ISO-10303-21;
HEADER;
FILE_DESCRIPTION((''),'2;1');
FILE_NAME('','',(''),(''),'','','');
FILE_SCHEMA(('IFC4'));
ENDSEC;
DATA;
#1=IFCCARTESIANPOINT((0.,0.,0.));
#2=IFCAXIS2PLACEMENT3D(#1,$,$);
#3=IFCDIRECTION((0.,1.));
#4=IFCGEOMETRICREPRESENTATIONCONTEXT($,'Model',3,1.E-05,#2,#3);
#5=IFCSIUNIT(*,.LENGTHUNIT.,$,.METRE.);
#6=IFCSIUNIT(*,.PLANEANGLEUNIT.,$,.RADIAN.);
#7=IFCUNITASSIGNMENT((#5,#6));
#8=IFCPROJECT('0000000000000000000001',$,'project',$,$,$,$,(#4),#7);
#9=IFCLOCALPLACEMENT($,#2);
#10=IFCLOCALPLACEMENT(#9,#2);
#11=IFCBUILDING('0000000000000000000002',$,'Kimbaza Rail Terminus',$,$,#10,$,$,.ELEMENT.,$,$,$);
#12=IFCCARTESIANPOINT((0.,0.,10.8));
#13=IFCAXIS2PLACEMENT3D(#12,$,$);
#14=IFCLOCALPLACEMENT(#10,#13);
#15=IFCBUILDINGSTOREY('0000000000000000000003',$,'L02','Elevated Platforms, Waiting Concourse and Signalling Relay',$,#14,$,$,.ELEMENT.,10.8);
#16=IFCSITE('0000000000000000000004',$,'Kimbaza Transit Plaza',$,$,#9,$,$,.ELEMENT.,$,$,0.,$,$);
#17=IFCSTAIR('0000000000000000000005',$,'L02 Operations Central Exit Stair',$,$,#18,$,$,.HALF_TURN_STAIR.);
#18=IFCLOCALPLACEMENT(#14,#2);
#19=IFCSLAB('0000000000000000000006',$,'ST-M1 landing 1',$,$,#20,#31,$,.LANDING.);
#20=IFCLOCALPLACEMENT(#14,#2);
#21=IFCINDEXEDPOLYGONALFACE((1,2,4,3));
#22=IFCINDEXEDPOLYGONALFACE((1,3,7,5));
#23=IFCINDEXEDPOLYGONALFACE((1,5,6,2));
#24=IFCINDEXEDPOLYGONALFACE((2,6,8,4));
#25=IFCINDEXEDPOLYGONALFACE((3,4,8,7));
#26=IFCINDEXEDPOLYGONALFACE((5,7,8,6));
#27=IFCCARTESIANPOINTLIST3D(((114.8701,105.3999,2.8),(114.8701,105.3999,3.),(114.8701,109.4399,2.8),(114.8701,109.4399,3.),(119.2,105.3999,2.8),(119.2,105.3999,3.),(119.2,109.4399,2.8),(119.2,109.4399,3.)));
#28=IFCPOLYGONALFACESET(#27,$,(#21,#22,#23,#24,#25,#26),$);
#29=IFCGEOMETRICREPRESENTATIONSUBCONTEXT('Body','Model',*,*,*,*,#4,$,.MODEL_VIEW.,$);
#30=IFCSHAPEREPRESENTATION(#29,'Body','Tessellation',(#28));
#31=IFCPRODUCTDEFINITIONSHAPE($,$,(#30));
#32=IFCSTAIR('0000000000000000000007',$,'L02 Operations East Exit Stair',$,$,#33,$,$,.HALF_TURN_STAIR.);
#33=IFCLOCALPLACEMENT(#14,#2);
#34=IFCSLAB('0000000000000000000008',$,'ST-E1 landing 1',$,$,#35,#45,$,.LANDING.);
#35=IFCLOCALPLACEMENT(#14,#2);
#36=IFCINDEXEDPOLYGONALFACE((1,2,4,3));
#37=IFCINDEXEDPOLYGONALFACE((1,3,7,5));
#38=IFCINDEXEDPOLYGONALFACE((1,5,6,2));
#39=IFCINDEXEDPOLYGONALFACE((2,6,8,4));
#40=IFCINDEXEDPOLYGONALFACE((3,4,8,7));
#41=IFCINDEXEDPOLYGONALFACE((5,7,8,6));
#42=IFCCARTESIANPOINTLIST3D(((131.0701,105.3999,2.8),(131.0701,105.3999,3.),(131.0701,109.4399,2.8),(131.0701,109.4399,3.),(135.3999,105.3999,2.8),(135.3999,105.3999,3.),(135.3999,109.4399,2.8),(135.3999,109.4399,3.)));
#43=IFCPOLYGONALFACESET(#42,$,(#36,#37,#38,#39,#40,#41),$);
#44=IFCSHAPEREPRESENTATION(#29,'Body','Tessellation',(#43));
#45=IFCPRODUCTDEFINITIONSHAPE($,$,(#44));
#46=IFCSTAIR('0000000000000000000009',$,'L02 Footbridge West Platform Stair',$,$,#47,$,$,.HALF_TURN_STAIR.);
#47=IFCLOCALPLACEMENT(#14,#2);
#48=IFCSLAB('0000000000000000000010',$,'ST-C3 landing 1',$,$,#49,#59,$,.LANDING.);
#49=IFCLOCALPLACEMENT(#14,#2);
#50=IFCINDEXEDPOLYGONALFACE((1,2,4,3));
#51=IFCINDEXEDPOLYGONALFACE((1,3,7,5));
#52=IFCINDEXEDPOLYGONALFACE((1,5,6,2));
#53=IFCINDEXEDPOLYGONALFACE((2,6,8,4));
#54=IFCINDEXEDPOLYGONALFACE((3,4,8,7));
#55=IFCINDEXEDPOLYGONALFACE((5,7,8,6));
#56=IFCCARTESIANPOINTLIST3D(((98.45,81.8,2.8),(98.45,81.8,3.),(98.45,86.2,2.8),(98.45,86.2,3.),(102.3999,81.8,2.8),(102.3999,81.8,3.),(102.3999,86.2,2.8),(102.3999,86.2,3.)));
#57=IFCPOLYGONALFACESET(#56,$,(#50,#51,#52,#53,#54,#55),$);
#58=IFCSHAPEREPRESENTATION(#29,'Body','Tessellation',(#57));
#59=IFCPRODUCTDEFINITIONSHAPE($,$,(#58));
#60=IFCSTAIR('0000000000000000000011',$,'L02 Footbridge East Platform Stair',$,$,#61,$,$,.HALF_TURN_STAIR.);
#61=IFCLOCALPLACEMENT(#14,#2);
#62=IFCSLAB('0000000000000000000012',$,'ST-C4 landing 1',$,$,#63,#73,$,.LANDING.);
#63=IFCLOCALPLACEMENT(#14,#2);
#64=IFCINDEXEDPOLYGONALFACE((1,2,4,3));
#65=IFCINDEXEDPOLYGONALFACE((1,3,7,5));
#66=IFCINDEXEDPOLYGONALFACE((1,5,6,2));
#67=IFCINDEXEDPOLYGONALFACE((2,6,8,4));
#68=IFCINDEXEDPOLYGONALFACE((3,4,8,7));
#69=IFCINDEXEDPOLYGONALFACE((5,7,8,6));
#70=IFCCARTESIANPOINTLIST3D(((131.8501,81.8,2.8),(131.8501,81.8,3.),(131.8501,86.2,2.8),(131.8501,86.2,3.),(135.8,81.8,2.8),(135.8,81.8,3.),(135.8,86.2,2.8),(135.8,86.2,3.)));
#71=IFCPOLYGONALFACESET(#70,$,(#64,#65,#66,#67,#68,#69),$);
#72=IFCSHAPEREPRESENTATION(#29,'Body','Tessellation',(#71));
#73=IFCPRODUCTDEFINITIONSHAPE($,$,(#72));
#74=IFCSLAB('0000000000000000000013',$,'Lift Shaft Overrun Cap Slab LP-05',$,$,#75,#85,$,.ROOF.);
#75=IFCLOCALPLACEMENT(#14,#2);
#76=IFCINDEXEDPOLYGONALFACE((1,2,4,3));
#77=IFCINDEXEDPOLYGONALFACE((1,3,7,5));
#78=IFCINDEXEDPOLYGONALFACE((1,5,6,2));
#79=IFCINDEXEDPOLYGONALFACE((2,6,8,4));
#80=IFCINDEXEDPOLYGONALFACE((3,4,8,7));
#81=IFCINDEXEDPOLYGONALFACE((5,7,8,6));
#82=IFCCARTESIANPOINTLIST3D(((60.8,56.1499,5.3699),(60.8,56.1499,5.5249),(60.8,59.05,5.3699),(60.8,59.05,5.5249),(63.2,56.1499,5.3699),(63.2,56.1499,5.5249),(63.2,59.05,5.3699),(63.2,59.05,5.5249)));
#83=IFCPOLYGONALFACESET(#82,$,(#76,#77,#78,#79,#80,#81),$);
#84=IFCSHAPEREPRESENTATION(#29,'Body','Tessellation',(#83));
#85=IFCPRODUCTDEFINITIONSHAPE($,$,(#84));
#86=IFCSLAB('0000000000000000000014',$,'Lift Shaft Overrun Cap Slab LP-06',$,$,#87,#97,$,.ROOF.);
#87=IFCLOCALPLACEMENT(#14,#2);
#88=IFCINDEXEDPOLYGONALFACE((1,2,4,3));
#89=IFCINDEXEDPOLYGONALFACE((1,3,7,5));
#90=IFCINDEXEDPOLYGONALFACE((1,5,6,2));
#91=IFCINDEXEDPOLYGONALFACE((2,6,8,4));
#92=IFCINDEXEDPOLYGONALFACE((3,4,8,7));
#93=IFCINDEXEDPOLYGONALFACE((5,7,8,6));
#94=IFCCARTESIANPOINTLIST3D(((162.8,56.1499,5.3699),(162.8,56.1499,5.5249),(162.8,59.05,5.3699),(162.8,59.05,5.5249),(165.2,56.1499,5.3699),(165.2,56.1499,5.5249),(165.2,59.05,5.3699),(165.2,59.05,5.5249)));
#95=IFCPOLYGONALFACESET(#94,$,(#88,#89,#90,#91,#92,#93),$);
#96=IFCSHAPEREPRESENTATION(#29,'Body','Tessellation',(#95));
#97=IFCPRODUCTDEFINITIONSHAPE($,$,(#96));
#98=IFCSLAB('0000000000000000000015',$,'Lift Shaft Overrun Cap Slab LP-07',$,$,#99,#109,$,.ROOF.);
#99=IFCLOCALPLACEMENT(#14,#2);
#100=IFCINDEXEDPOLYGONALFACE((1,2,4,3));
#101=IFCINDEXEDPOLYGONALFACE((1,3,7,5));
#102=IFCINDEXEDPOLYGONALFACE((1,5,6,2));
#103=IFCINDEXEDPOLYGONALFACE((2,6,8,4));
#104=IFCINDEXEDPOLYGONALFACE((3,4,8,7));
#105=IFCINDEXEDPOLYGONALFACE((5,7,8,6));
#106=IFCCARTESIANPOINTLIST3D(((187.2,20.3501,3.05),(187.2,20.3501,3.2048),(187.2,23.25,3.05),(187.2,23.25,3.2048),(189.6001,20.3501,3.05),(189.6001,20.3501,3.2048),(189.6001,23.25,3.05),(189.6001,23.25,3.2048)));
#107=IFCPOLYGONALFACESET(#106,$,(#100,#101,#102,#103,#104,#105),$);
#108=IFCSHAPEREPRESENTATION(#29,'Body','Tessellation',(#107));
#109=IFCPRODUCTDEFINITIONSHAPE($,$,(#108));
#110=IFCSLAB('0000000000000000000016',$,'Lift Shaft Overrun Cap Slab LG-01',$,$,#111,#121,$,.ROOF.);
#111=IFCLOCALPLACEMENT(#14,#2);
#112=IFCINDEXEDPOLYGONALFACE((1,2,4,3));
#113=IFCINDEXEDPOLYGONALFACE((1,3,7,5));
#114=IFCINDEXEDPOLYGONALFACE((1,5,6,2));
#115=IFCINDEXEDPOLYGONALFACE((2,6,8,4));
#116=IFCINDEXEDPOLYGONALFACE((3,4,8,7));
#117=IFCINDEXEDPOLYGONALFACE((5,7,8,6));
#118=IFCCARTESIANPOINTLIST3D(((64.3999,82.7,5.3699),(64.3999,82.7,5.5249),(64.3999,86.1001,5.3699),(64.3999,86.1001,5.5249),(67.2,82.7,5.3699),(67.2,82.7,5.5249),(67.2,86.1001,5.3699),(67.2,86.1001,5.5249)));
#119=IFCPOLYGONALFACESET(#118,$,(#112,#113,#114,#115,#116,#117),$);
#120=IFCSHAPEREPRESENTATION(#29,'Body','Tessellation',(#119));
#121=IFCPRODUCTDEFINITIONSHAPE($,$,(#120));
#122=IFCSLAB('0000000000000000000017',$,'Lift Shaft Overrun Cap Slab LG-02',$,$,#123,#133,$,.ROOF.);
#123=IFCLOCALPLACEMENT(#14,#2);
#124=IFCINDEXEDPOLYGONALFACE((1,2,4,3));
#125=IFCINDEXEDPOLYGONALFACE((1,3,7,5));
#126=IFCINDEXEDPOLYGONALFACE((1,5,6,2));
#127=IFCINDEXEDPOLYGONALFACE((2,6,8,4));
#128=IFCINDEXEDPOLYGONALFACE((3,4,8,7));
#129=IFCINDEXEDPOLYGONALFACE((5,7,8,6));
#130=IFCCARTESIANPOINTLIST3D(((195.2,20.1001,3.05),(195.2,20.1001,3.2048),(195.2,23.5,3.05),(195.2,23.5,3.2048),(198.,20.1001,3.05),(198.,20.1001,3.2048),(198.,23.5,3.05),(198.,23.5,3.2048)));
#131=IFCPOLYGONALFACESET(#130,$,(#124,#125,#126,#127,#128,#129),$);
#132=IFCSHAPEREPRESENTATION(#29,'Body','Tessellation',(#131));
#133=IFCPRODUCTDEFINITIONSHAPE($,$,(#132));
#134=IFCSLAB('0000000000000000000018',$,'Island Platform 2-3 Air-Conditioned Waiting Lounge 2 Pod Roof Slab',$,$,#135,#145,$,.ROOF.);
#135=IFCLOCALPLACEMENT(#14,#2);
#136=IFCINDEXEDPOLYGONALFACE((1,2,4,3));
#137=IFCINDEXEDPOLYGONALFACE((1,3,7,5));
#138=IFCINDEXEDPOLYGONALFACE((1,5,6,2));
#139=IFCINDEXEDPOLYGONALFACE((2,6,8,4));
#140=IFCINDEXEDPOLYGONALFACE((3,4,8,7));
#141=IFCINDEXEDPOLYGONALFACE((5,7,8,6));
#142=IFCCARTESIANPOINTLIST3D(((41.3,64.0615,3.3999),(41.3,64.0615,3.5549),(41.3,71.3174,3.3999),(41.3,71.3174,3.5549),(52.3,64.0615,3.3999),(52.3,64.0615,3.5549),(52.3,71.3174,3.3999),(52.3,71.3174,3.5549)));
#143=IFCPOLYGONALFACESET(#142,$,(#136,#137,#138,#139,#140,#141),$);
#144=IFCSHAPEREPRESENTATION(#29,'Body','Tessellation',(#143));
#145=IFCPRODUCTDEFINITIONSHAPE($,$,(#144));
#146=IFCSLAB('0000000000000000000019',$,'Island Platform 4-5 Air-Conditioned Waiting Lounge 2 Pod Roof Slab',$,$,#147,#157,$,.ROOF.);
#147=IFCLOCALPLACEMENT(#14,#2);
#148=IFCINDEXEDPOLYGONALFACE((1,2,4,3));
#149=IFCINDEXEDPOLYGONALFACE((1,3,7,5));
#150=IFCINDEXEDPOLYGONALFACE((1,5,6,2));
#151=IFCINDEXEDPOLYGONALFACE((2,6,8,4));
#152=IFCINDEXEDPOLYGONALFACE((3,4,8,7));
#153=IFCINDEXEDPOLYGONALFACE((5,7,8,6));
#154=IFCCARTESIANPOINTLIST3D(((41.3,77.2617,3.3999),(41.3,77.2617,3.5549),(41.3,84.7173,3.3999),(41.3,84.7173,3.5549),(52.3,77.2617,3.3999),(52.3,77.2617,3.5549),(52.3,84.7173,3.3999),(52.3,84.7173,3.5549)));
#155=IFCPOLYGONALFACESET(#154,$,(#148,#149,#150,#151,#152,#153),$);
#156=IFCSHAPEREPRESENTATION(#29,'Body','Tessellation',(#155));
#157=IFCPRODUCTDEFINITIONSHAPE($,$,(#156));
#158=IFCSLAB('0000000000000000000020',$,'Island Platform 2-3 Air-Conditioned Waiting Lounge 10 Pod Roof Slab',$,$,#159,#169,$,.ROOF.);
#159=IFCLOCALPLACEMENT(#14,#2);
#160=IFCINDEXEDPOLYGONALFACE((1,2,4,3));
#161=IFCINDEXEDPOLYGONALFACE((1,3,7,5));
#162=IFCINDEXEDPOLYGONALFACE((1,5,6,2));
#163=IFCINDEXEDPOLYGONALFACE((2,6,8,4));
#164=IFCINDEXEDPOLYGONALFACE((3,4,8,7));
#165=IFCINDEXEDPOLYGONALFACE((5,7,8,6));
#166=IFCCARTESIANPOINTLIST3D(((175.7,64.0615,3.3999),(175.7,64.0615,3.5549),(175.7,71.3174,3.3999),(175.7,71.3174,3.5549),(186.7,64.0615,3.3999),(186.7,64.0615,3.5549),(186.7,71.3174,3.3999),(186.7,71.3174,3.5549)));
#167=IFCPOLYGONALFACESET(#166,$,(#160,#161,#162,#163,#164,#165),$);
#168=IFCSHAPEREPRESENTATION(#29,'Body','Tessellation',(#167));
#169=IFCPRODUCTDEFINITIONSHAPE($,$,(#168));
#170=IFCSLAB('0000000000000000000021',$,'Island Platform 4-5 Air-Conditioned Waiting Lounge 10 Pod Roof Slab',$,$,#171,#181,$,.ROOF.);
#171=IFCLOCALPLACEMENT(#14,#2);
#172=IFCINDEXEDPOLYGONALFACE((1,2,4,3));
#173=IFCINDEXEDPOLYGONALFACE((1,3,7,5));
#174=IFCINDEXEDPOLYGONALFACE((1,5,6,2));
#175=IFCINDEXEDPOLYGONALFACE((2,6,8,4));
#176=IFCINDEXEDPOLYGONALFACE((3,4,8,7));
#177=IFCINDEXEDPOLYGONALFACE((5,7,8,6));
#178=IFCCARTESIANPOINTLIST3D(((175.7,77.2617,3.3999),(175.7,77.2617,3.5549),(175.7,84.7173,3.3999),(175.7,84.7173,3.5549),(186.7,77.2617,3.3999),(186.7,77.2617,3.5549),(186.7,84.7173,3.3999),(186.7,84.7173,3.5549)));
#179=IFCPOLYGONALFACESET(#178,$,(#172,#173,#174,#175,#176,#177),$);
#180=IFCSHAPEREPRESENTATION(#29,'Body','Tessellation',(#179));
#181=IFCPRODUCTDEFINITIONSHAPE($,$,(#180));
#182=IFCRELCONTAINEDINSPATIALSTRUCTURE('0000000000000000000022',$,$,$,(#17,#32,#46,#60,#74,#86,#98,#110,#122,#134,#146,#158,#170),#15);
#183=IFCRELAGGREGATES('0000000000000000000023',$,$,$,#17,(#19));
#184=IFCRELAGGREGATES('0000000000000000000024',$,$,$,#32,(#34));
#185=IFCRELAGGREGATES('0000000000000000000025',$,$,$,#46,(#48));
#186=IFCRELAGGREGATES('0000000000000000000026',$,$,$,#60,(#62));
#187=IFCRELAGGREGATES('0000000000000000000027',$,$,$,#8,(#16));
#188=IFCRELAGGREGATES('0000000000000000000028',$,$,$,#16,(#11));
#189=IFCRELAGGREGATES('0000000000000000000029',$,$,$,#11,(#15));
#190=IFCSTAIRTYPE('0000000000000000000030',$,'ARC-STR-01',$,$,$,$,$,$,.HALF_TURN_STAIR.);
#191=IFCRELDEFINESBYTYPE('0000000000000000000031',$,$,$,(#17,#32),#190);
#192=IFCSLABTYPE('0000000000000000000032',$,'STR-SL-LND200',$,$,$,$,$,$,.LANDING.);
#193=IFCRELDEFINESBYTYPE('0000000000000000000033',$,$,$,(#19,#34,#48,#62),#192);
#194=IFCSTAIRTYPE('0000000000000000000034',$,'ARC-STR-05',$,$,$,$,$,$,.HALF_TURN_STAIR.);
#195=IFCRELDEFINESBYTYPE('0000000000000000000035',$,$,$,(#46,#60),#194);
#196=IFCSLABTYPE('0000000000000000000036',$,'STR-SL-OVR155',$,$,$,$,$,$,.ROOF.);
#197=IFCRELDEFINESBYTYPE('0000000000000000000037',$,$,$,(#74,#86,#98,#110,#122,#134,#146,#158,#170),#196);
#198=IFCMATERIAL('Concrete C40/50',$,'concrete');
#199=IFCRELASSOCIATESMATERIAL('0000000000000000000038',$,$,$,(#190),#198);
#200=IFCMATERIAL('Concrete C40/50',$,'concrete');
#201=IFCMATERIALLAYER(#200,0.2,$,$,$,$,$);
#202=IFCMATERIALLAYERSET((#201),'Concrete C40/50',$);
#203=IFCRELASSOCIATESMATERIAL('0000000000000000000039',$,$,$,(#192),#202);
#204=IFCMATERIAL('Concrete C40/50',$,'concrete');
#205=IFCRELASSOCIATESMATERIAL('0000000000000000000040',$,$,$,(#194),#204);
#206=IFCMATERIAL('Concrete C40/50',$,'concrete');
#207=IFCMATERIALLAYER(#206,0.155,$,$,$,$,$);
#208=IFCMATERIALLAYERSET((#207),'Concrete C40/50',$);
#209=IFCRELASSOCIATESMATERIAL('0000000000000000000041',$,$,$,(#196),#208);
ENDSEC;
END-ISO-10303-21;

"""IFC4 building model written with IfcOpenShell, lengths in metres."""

from ifc_helpers import new_model, si_unit, direction, frame, origin, place, context, subcontext, project, spatial, polyline, outline, extrude, material, layer, layer_set, type_object, element, aggregate, save


model = new_model("IFC4")

# Units and contexts
model_context = context("Model", 3, precision=1e-05, world=origin(), true_north=direction((0.0, 1.0)))
body_context = subcontext(model_context, "Body", "Model", "MODEL_VIEW")
ifc_project = project(units=[si_unit("LENGTHUNIT", "METRE"), si_unit("PLANEANGLEUNIT", "RADIAN")], contexts=[model_context])

# Site, building, storey
site_placement = place(None, origin())
site = spatial("IfcSite", under=ifc_project, at=site_placement, Name="Kimbaza Transit Plaza", CompositionType="ELEMENT", RefElevation=0.0)
building_placement = place(site_placement, origin())
building = spatial("IfcBuilding", under=site, at=building_placement, Name="Kimbaza Rail Terminus", CompositionType="ELEMENT")
storey_placement = place(building_placement, frame((0.0, 0.0, 10.8)))
storey = spatial("IfcBuildingStorey", under=building, at=storey_placement, Name="L02", Description="Elevated Platforms, Waiting Concourse and Signalling Relay", CompositionType="ELEMENT", Elevation=10.8)

# Stairs, slabs
ifc_material_1 = material(Name="Concrete C40/50", Category="concrete")
stair_type_1 = type_object("IfcStairType", Name="ARC-STR-01", PredefinedType="HALF_TURN_STAIR", material=ifc_material_1)
ifc_material_2 = material(Name="Concrete C40/50", Category="concrete")
ifc_layer_1 = layer(ifc_material_2, 0.2)
ifc_layer_set_1 = layer_set([ifc_layer_1], Name="Concrete C40/50")
slab_type_1 = type_object("IfcSlabType", Name="STR-SL-LND200", PredefinedType="LANDING", material=ifc_layer_set_1)
stair_1_placement = place(storey_placement, origin())
stair_1 = element("IfcStair", 1, at=stair_1_placement, inside=storey, type_object=stair_type_1, Name="L02 Operations Central Exit Stair", PredefinedType="HALF_TURN_STAIR")
slab_1_placement = place(storey_placement, frame((0.0, 0.0, 2.8)))
slab_1 = element("IfcSlab", 2, at=slab_1_placement, type_object=slab_type_1, Name="ST-M1 landing 1", PredefinedType="LANDING", context=body_context, shape_type="SweptSolid", body=[
    extrude(outline(polyline([(114.8701, 105.3999), (119.2, 105.3999), (119.2, 109.4399), (114.8701, 109.4399), (114.8701, 105.3999)])), origin(), (0.0, 0.0, 1.0), 0.2),
])
aggregate(stair_1, [slab_1])
stair_2_placement = place(storey_placement, origin())
stair_2 = element("IfcStair", 3, at=stair_2_placement, inside=storey, type_object=stair_type_1, Name="L02 Operations East Exit Stair", PredefinedType="HALF_TURN_STAIR")
slab_2_placement = place(storey_placement, frame((0.0, 0.0, 2.8)))
slab_2 = element("IfcSlab", 4, at=slab_2_placement, type_object=slab_type_1, Name="ST-E1 landing 1", PredefinedType="LANDING", context=body_context, shape_type="SweptSolid", body=[
    extrude(outline(polyline([(131.0701, 105.3999), (135.3999, 105.3999), (135.3999, 109.4399), (131.0701, 109.4399), (131.0701, 105.3999)])), origin(), (0.0, 0.0, 1.0), 0.2),
])
aggregate(stair_2, [slab_2])
ifc_material_3 = material(Name="Concrete C40/50", Category="concrete")
stair_type_2 = type_object("IfcStairType", Name="ARC-STR-05", PredefinedType="HALF_TURN_STAIR", material=ifc_material_3)
stair_3_placement = place(storey_placement, origin())
stair_3 = element("IfcStair", 5, at=stair_3_placement, inside=storey, type_object=stair_type_2, Name="L02 Footbridge West Platform Stair", PredefinedType="HALF_TURN_STAIR")
slab_3_placement = place(storey_placement, frame((0.0, 0.0, 2.8)))
slab_3 = element("IfcSlab", 6, at=slab_3_placement, type_object=slab_type_1, Name="ST-C3 landing 1", PredefinedType="LANDING", context=body_context, shape_type="SweptSolid", body=[
    extrude(outline(polyline([(98.45, 81.8), (102.3999, 81.8), (102.3999, 86.2), (98.45, 86.2), (98.45, 81.8)])), origin(), (0.0, 0.0, 1.0), 0.2),
])
aggregate(stair_3, [slab_3])
stair_4_placement = place(storey_placement, origin())
stair_4 = element("IfcStair", 7, at=stair_4_placement, inside=storey, type_object=stair_type_2, Name="L02 Footbridge East Platform Stair", PredefinedType="HALF_TURN_STAIR")
slab_4_placement = place(storey_placement, frame((0.0, 0.0, 2.8)))
slab_4 = element("IfcSlab", 8, at=slab_4_placement, type_object=slab_type_1, Name="ST-C4 landing 1", PredefinedType="LANDING", context=body_context, shape_type="SweptSolid", body=[
    extrude(outline(polyline([(131.8501, 81.8), (135.8, 81.8), (135.8, 86.2), (131.8501, 86.2), (131.8501, 81.8)])), origin(), (0.0, 0.0, 1.0), 0.2),
])
aggregate(stair_4, [slab_4])

# Slabs
ifc_material_4 = material(Name="Concrete C40/50", Category="concrete")
ifc_layer_2 = layer(ifc_material_4, 0.155)
ifc_layer_set_2 = layer_set([ifc_layer_2], Name="Concrete C40/50")
slab_type_2 = type_object("IfcSlabType", Name="STR-SL-OVR155", PredefinedType="ROOF", material=ifc_layer_set_2)
slab_5_placement = place(storey_placement, frame((0.0, 0.0, 5.3699)))
element("IfcSlab", 9, at=slab_5_placement, inside=storey, type_object=slab_type_2, Name="Lift Shaft Overrun Cap Slab LP-05", PredefinedType="ROOF", context=body_context, shape_type="SweptSolid", body=[
    extrude(outline(polyline([(60.8, 56.1499), (63.2, 56.1499), (63.2, 59.05), (60.8, 59.05), (60.8, 56.1499)])), origin(), (0.0, 0.0, 1.0), 0.155),
])
slab_6_placement = place(storey_placement, frame((0.0, 0.0, 5.3699)))
element("IfcSlab", 10, at=slab_6_placement, inside=storey, type_object=slab_type_2, Name="Lift Shaft Overrun Cap Slab LP-06", PredefinedType="ROOF", context=body_context, shape_type="SweptSolid", body=[
    extrude(outline(polyline([(162.8, 56.1499), (165.2, 56.1499), (165.2, 59.05), (162.8, 59.05), (162.8, 56.1499)])), origin(), (0.0, 0.0, 1.0), 0.155),
])
slab_7_placement = place(storey_placement, frame((0.0, 0.0, 3.05)))
element("IfcSlab", 11, at=slab_7_placement, inside=storey, type_object=slab_type_2, Name="Lift Shaft Overrun Cap Slab LP-07", PredefinedType="ROOF", context=body_context, shape_type="SweptSolid", body=[
    extrude(outline(polyline([(187.2, 20.3501), (189.6001, 20.3501), (189.6001, 23.25), (187.2, 23.25), (187.2, 20.3501)])), origin(), (0.0, 0.0, 1.0), 0.1548),
])
slab_8_placement = place(storey_placement, frame((0.0, 0.0, 5.3699)))
element("IfcSlab", 12, at=slab_8_placement, inside=storey, type_object=slab_type_2, Name="Lift Shaft Overrun Cap Slab LG-01", PredefinedType="ROOF", context=body_context, shape_type="SweptSolid", body=[
    extrude(outline(polyline([(64.3999, 82.7), (67.2, 82.7), (67.2, 86.1001), (64.3999, 86.1001), (64.3999, 82.7)])), origin(), (0.0, 0.0, 1.0), 0.155),
])
slab_9_placement = place(storey_placement, frame((0.0, 0.0, 3.05)))
element("IfcSlab", 13, at=slab_9_placement, inside=storey, type_object=slab_type_2, Name="Lift Shaft Overrun Cap Slab LG-02", PredefinedType="ROOF", context=body_context, shape_type="SweptSolid", body=[
    extrude(outline(polyline([(195.2, 20.1001), (198.0, 20.1001), (198.0, 23.5), (195.2, 23.5), (195.2, 20.1001)])), origin(), (0.0, 0.0, 1.0), 0.1548),
])
slab_10_placement = place(storey_placement, frame((0.0, 0.0, 3.3999)))
element("IfcSlab", 14, at=slab_10_placement, inside=storey, type_object=slab_type_2, Name="Island Platform 2-3 Air-Conditioned Waiting Lounge 2 Pod Roof Slab", PredefinedType="ROOF", context=body_context, shape_type="SweptSolid", body=[
    extrude(outline(polyline([(41.3, 64.0615), (52.3, 64.0615), (52.3, 71.3174), (41.3, 71.3174), (41.3, 64.0615)])), origin(), (0.0, 0.0, 1.0), 0.155),
])
slab_11_placement = place(storey_placement, frame((0.0, 0.0, 3.3999)))
element("IfcSlab", 15, at=slab_11_placement, inside=storey, type_object=slab_type_2, Name="Island Platform 4-5 Air-Conditioned Waiting Lounge 2 Pod Roof Slab", PredefinedType="ROOF", context=body_context, shape_type="SweptSolid", body=[
    extrude(outline(polyline([(41.3, 77.2617), (52.3, 77.2617), (52.3, 84.7173), (41.3, 84.7173), (41.3, 77.2617)])), origin(), (0.0, 0.0, 1.0), 0.155),
])
slab_12_placement = place(storey_placement, frame((0.0, 0.0, 3.3999)))
element("IfcSlab", 16, at=slab_12_placement, inside=storey, type_object=slab_type_2, Name="Island Platform 2-3 Air-Conditioned Waiting Lounge 10 Pod Roof Slab", PredefinedType="ROOF", context=body_context, shape_type="SweptSolid", body=[
    extrude(outline(polyline([(175.7, 64.0615), (186.7, 64.0615), (186.7, 71.3174), (175.7, 71.3174), (175.7, 64.0615)])), origin(), (0.0, 0.0, 1.0), 0.155),
])
slab_13_placement = place(storey_placement, frame((0.0, 0.0, 3.3999)))
element("IfcSlab", 17, at=slab_13_placement, inside=storey, type_object=slab_type_2, Name="Island Platform 4-5 Air-Conditioned Waiting Lounge 10 Pod Roof Slab", PredefinedType="ROOF", context=body_context, shape_type="SweptSolid", body=[
    extrude(outline(polyline([(175.7, 77.2617), (186.7, 77.2617), (186.7, 84.7173), (175.7, 84.7173), (175.7, 77.2617)])), origin(), (0.0, 0.0, 1.0), 0.155),
])

save(model, "model.ifc")
